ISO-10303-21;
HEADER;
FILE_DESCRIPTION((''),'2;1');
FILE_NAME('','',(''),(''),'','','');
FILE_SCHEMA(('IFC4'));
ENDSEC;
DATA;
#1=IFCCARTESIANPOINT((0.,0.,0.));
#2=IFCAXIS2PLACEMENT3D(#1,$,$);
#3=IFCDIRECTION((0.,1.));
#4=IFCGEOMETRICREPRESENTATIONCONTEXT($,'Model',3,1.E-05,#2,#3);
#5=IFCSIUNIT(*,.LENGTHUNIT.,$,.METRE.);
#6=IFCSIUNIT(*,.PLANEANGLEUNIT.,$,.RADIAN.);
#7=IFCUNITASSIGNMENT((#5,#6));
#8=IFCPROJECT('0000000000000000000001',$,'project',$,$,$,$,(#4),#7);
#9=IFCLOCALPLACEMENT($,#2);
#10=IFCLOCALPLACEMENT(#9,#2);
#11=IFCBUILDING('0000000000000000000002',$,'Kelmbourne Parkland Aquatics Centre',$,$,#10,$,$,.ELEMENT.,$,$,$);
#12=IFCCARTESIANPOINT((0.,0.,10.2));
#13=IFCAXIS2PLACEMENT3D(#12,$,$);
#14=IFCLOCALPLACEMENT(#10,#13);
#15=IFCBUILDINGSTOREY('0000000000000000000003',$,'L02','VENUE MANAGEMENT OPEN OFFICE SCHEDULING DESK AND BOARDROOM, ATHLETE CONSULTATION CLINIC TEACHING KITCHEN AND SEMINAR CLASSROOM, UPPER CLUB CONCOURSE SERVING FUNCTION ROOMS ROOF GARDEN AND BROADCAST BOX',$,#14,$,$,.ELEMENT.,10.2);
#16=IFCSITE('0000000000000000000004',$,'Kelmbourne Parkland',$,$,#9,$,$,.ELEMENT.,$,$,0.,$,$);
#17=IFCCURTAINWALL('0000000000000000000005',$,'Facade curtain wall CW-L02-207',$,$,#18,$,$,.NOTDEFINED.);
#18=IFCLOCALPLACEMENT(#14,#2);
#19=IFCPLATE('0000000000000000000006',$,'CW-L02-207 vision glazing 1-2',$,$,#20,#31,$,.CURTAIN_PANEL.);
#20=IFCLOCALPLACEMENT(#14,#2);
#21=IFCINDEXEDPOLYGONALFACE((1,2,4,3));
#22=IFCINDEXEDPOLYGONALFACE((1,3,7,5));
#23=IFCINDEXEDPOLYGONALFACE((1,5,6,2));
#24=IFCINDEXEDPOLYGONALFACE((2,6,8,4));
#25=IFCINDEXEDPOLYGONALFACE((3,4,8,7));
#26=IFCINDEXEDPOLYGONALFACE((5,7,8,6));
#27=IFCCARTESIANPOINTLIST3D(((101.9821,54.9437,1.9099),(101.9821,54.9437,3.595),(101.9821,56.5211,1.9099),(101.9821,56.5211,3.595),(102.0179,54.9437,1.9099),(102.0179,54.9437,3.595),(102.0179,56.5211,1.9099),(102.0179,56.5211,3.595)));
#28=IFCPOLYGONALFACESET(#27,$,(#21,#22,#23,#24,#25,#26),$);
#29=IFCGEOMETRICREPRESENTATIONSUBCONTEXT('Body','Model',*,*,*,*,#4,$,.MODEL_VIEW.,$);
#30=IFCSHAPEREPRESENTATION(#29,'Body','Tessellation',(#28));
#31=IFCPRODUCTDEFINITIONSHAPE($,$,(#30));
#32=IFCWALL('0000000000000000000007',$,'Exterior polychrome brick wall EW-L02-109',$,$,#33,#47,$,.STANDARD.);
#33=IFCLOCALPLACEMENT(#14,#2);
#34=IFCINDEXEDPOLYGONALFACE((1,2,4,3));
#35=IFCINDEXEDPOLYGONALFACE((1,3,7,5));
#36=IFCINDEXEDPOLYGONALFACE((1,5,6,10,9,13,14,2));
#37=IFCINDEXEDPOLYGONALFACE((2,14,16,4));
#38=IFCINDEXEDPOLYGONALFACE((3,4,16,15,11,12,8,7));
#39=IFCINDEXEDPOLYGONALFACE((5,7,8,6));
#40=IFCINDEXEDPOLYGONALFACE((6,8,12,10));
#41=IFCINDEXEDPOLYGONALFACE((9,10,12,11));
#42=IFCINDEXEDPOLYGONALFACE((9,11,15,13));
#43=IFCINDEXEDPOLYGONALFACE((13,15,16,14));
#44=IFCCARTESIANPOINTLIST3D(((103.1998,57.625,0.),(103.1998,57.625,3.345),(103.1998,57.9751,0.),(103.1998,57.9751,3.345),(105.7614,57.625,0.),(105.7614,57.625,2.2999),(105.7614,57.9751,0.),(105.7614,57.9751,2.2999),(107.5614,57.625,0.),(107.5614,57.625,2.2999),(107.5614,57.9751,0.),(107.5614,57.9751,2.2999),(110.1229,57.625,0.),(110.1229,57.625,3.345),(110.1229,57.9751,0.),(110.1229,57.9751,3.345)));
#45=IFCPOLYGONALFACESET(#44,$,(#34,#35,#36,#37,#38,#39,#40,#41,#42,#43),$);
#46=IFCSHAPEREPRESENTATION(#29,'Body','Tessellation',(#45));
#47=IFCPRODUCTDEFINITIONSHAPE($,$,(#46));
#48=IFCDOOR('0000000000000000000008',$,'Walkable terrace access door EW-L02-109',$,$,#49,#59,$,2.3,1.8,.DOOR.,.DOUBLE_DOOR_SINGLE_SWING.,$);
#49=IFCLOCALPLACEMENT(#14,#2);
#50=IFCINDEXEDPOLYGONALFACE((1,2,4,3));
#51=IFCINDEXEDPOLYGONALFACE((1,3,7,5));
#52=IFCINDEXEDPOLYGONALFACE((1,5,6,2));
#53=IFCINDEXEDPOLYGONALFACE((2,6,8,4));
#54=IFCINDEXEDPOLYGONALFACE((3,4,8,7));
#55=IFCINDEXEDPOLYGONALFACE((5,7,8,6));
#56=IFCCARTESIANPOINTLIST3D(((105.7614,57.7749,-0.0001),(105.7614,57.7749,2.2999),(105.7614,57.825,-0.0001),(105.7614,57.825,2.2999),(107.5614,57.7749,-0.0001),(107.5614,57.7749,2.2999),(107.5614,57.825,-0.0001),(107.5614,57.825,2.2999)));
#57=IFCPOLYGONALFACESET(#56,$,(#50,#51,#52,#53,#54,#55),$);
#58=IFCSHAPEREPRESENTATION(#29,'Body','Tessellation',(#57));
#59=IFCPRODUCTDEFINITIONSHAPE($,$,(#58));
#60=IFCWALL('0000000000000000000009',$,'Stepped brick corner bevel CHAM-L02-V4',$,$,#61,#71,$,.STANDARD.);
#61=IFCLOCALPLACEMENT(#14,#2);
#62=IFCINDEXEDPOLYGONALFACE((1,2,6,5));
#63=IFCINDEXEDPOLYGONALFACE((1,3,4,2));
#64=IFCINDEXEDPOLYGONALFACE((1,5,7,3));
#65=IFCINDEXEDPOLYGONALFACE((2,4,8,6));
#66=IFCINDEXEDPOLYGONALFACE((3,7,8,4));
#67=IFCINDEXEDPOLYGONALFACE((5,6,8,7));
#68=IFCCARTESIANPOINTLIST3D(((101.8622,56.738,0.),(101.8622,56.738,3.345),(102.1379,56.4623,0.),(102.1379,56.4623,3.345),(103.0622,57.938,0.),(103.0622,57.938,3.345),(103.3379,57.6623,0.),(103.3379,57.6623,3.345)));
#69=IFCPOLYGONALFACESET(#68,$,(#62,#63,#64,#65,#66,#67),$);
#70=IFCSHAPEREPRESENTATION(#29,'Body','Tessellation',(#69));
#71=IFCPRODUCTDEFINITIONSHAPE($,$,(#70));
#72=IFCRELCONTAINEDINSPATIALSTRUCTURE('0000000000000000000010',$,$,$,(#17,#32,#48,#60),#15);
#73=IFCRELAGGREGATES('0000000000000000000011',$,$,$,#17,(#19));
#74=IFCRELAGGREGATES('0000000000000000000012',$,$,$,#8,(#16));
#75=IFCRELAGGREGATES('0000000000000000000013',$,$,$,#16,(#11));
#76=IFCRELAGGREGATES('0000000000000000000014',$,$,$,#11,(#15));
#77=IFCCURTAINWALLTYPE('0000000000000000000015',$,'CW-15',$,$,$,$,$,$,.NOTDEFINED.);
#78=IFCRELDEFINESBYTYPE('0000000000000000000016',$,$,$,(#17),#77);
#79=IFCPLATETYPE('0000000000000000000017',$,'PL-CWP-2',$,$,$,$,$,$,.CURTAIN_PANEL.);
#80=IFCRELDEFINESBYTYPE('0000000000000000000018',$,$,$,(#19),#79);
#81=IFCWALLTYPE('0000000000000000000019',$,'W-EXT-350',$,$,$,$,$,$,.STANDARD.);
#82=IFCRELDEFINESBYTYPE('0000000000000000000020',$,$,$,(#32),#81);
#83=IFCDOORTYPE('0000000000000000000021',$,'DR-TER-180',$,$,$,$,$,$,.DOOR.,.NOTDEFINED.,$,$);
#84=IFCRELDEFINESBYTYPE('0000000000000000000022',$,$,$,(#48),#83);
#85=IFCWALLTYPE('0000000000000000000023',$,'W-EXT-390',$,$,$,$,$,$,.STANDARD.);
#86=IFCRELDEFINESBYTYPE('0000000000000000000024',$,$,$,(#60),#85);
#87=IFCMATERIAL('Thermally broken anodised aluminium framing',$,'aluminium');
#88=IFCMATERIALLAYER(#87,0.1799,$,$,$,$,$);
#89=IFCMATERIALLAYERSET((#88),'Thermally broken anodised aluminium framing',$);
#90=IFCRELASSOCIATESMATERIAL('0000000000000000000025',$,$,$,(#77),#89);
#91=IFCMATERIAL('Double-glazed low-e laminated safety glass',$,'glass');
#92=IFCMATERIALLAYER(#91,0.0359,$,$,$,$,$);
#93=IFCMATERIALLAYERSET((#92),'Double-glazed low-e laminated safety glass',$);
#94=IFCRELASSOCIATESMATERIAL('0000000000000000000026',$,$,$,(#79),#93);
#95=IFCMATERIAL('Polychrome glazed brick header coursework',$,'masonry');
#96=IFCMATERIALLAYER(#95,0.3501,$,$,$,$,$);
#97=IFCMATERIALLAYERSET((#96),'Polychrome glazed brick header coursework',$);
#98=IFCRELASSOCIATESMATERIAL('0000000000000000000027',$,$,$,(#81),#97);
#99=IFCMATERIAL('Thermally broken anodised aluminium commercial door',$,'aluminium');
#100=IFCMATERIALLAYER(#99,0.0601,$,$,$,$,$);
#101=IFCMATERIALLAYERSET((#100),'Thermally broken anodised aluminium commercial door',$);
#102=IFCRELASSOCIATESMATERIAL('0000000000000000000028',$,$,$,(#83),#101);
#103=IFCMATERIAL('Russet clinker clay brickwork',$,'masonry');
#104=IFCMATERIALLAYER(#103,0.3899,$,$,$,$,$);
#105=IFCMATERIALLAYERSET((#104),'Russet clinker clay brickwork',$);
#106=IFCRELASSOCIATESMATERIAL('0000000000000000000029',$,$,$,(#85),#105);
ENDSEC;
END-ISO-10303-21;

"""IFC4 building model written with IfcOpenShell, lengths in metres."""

from ifc_helpers import new_model, si_unit, direction, frame, frame_2d, origin, origin_2d, place, context, subcontext, project, spatial, rectangle, extrude, material, layer, layer_set, type_object, element, fill, aggregate, save


model = new_model("IFC4")

# Units and contexts
model_context = context("Model", 3, precision=1e-05, world=origin(), true_north=direction((0.0, 1.0)))
body_context = subcontext(model_context, "Body", "Model", "MODEL_VIEW")
ifc_project = project(units=[si_unit("LENGTHUNIT", "METRE"), si_unit("PLANEANGLEUNIT", "RADIAN")], contexts=[model_context])

# Site, building, storey
site_placement = place(None, origin())
site = spatial("IfcSite", under=ifc_project, at=site_placement, Name="Kelmbourne Parkland", CompositionType="ELEMENT", RefElevation=0.0)
building_placement = place(site_placement, origin())
building = spatial("IfcBuilding", under=site, at=building_placement, Name="Kelmbourne Parkland Aquatics Centre", CompositionType="ELEMENT")
storey_placement = place(building_placement, frame((0.0, 0.0, 10.2)))
storey = spatial("IfcBuildingStorey", under=building, at=storey_placement, Name="L02", Description="VENUE MANAGEMENT OPEN OFFICE SCHEDULING DESK AND BOARDROOM, ATHLETE CONSULTATION CLINIC TEACHING KITCHEN AND SEMINAR CLASSROOM, UPPER CLUB CONCOURSE SERVING FUNCTION ROOMS ROOF GARDEN AND BROADCAST BOX", CompositionType="ELEMENT", Elevation=10.2)

# Curtain wall, plate
ifc_material_1 = material(Name="Thermally broken anodised aluminium framing", Category="aluminium")
ifc_layer_1 = layer(ifc_material_1, 0.1799)
ifc_layer_set_1 = layer_set([ifc_layer_1], Name="Thermally broken anodised aluminium framing")
curtain_wall_type = type_object("IfcCurtainWallType", Name="CW-15", PredefinedType="NOTDEFINED", material=ifc_layer_set_1)
curtain_wall_placement = place(storey_placement, origin())
curtain_wall = element("IfcCurtainWall", 1, at=curtain_wall_placement, inside=storey, type_object=curtain_wall_type, Name="Facade curtain wall CW-L02-207", PredefinedType="NOTDEFINED")
ifc_material_2 = material(Name="Double-glazed low-e laminated safety glass", Category="glass")
ifc_layer_2 = layer(ifc_material_2, 0.0359)
ifc_layer_set_2 = layer_set([ifc_layer_2], Name="Double-glazed low-e laminated safety glass")
plate_type_1 = type_object("IfcPlateType", Name="PL-CWP-2", PredefinedType="CURTAIN_PANEL", material=ifc_layer_set_2)
plate_1_placement = place(storey_placement, frame((102.0, 55.7324, 1.9099), z_axis=(0.0, 0.0, 1.0), x_axis=(0.0, 1.0, 0.0)))
plate_1 = element("IfcPlate", 2, at=plate_1_placement, type_object=plate_type_1, Name="CW-L02-207 vision glazing 1-2", PredefinedType="CURTAIN_PANEL", context=body_context, shape_type="SweptSolid", body=[
    extrude(rectangle(XDim=1.5774, YDim=0.0359, at=origin_2d()), origin(), (0.0, 0.0, 1.0), 1.6851),
])
aggregate(curtain_wall, [plate_1])

# Wall, opening, door
ifc_material_3 = material(Name="Polychrome glazed brick header coursework", Category="masonry")
ifc_layer_3 = layer(ifc_material_3, 0.3501)
ifc_layer_set_3 = layer_set([ifc_layer_3], Name="Polychrome glazed brick header coursework")
wall_type_1 = type_object("IfcWallType", Name="W-EXT-350", PredefinedType="STANDARD", material=ifc_layer_set_3)
wall_1_placement = place(storey_placement, frame((103.2, 57.8, 0.0), z_axis=(0.0, 0.0, 1.0), x_axis=(1.0, 0.0, 0.0)))
wall_1 = element("IfcWall", 3, at=wall_1_placement, inside=storey, type_object=wall_type_1, Name="Exterior polychrome brick wall EW-L02-109", PredefinedType="STANDARD", context=body_context, shape_type="SweptSolid", body=[
    extrude(rectangle(XDim=6.9231, YDim=0.3501, at=frame_2d((3.4614, 0.0))), origin(), (0.0, 0.0, 1.0), 3.345),
])
opening_placement = place(wall_1_placement, frame((2.5615, 0.0, 0.0)))
opening = element("IfcOpeningElement", 4, at=opening_placement, cuts=wall_1, PredefinedType="OPENING", context=body_context, shape_type="SweptSolid", body=[
    extrude(rectangle(XDim=1.8, YDim=2.3, at=frame_2d((0.8999, 1.1499))), frame((0.0, 0.187, 0.0), z_axis=(0.0, -1.0, 0.0), x_axis=(1.0, 0.0, 0.0)), (0.0, 0.0, 1.0), 0.374),
])
ifc_material_4 = material(Name="Thermally broken anodised aluminium commercial door", Category="aluminium")
ifc_layer_4 = layer(ifc_material_4, 0.0601)
ifc_layer_set_4 = layer_set([ifc_layer_4], Name="Thermally broken anodised aluminium commercial door")
door_type = type_object("IfcDoorType", Name="DR-TER-180", OperationType="NOTDEFINED", PredefinedType="DOOR", material=ifc_layer_set_4)
door_placement = place(opening_placement, origin())
door = element("IfcDoor", 5, at=door_placement, inside=storey, type_object=door_type, Name="Walkable terrace access door EW-L02-109", OperationType="DOUBLE_DOOR_SINGLE_SWING", OverallHeight=2.3, OverallWidth=1.8, PredefinedType="DOOR", context=body_context, shape_type="SweptSolid", body=[
    extrude(rectangle(XDim=1.8, YDim=2.3, at=frame_2d((0.8999, 1.1499))), frame((0.0, 0.0249, 0.0), z_axis=(0.0, -1.0, 0.0), x_axis=(1.0, 0.0, 0.0)), (0.0, 0.0, 1.0), 0.05),
])
fill(opening, door)

# Wall
ifc_material_5 = material(Name="Russet clinker clay brickwork", Category="masonry")
ifc_layer_5 = layer(ifc_material_5, 0.3899)
ifc_layer_set_5 = layer_set([ifc_layer_5], Name="Russet clinker clay brickwork")
wall_type_2 = type_object("IfcWallType", Name="W-EXT-390", PredefinedType="STANDARD", material=ifc_layer_set_5)
wall_2_placement = place(storey_placement, frame((102.0, 56.6001, 0.0), z_axis=(0.0, 0.0, 1.0), x_axis=(0.707107, 0.707107, 0.0)))
element("IfcWall", 6, at=wall_2_placement, inside=storey, type_object=wall_type_2, Name="Stepped brick corner bevel CHAM-L02-V4", PredefinedType="STANDARD", context=body_context, shape_type="SweptSolid", body=[
    extrude(rectangle(XDim=1.697, YDim=0.3899, at=frame_2d((0.8486, 0.0))), origin(), (0.0, 0.0, 1.0), 3.345),
])

save(model, "model.ifc")
